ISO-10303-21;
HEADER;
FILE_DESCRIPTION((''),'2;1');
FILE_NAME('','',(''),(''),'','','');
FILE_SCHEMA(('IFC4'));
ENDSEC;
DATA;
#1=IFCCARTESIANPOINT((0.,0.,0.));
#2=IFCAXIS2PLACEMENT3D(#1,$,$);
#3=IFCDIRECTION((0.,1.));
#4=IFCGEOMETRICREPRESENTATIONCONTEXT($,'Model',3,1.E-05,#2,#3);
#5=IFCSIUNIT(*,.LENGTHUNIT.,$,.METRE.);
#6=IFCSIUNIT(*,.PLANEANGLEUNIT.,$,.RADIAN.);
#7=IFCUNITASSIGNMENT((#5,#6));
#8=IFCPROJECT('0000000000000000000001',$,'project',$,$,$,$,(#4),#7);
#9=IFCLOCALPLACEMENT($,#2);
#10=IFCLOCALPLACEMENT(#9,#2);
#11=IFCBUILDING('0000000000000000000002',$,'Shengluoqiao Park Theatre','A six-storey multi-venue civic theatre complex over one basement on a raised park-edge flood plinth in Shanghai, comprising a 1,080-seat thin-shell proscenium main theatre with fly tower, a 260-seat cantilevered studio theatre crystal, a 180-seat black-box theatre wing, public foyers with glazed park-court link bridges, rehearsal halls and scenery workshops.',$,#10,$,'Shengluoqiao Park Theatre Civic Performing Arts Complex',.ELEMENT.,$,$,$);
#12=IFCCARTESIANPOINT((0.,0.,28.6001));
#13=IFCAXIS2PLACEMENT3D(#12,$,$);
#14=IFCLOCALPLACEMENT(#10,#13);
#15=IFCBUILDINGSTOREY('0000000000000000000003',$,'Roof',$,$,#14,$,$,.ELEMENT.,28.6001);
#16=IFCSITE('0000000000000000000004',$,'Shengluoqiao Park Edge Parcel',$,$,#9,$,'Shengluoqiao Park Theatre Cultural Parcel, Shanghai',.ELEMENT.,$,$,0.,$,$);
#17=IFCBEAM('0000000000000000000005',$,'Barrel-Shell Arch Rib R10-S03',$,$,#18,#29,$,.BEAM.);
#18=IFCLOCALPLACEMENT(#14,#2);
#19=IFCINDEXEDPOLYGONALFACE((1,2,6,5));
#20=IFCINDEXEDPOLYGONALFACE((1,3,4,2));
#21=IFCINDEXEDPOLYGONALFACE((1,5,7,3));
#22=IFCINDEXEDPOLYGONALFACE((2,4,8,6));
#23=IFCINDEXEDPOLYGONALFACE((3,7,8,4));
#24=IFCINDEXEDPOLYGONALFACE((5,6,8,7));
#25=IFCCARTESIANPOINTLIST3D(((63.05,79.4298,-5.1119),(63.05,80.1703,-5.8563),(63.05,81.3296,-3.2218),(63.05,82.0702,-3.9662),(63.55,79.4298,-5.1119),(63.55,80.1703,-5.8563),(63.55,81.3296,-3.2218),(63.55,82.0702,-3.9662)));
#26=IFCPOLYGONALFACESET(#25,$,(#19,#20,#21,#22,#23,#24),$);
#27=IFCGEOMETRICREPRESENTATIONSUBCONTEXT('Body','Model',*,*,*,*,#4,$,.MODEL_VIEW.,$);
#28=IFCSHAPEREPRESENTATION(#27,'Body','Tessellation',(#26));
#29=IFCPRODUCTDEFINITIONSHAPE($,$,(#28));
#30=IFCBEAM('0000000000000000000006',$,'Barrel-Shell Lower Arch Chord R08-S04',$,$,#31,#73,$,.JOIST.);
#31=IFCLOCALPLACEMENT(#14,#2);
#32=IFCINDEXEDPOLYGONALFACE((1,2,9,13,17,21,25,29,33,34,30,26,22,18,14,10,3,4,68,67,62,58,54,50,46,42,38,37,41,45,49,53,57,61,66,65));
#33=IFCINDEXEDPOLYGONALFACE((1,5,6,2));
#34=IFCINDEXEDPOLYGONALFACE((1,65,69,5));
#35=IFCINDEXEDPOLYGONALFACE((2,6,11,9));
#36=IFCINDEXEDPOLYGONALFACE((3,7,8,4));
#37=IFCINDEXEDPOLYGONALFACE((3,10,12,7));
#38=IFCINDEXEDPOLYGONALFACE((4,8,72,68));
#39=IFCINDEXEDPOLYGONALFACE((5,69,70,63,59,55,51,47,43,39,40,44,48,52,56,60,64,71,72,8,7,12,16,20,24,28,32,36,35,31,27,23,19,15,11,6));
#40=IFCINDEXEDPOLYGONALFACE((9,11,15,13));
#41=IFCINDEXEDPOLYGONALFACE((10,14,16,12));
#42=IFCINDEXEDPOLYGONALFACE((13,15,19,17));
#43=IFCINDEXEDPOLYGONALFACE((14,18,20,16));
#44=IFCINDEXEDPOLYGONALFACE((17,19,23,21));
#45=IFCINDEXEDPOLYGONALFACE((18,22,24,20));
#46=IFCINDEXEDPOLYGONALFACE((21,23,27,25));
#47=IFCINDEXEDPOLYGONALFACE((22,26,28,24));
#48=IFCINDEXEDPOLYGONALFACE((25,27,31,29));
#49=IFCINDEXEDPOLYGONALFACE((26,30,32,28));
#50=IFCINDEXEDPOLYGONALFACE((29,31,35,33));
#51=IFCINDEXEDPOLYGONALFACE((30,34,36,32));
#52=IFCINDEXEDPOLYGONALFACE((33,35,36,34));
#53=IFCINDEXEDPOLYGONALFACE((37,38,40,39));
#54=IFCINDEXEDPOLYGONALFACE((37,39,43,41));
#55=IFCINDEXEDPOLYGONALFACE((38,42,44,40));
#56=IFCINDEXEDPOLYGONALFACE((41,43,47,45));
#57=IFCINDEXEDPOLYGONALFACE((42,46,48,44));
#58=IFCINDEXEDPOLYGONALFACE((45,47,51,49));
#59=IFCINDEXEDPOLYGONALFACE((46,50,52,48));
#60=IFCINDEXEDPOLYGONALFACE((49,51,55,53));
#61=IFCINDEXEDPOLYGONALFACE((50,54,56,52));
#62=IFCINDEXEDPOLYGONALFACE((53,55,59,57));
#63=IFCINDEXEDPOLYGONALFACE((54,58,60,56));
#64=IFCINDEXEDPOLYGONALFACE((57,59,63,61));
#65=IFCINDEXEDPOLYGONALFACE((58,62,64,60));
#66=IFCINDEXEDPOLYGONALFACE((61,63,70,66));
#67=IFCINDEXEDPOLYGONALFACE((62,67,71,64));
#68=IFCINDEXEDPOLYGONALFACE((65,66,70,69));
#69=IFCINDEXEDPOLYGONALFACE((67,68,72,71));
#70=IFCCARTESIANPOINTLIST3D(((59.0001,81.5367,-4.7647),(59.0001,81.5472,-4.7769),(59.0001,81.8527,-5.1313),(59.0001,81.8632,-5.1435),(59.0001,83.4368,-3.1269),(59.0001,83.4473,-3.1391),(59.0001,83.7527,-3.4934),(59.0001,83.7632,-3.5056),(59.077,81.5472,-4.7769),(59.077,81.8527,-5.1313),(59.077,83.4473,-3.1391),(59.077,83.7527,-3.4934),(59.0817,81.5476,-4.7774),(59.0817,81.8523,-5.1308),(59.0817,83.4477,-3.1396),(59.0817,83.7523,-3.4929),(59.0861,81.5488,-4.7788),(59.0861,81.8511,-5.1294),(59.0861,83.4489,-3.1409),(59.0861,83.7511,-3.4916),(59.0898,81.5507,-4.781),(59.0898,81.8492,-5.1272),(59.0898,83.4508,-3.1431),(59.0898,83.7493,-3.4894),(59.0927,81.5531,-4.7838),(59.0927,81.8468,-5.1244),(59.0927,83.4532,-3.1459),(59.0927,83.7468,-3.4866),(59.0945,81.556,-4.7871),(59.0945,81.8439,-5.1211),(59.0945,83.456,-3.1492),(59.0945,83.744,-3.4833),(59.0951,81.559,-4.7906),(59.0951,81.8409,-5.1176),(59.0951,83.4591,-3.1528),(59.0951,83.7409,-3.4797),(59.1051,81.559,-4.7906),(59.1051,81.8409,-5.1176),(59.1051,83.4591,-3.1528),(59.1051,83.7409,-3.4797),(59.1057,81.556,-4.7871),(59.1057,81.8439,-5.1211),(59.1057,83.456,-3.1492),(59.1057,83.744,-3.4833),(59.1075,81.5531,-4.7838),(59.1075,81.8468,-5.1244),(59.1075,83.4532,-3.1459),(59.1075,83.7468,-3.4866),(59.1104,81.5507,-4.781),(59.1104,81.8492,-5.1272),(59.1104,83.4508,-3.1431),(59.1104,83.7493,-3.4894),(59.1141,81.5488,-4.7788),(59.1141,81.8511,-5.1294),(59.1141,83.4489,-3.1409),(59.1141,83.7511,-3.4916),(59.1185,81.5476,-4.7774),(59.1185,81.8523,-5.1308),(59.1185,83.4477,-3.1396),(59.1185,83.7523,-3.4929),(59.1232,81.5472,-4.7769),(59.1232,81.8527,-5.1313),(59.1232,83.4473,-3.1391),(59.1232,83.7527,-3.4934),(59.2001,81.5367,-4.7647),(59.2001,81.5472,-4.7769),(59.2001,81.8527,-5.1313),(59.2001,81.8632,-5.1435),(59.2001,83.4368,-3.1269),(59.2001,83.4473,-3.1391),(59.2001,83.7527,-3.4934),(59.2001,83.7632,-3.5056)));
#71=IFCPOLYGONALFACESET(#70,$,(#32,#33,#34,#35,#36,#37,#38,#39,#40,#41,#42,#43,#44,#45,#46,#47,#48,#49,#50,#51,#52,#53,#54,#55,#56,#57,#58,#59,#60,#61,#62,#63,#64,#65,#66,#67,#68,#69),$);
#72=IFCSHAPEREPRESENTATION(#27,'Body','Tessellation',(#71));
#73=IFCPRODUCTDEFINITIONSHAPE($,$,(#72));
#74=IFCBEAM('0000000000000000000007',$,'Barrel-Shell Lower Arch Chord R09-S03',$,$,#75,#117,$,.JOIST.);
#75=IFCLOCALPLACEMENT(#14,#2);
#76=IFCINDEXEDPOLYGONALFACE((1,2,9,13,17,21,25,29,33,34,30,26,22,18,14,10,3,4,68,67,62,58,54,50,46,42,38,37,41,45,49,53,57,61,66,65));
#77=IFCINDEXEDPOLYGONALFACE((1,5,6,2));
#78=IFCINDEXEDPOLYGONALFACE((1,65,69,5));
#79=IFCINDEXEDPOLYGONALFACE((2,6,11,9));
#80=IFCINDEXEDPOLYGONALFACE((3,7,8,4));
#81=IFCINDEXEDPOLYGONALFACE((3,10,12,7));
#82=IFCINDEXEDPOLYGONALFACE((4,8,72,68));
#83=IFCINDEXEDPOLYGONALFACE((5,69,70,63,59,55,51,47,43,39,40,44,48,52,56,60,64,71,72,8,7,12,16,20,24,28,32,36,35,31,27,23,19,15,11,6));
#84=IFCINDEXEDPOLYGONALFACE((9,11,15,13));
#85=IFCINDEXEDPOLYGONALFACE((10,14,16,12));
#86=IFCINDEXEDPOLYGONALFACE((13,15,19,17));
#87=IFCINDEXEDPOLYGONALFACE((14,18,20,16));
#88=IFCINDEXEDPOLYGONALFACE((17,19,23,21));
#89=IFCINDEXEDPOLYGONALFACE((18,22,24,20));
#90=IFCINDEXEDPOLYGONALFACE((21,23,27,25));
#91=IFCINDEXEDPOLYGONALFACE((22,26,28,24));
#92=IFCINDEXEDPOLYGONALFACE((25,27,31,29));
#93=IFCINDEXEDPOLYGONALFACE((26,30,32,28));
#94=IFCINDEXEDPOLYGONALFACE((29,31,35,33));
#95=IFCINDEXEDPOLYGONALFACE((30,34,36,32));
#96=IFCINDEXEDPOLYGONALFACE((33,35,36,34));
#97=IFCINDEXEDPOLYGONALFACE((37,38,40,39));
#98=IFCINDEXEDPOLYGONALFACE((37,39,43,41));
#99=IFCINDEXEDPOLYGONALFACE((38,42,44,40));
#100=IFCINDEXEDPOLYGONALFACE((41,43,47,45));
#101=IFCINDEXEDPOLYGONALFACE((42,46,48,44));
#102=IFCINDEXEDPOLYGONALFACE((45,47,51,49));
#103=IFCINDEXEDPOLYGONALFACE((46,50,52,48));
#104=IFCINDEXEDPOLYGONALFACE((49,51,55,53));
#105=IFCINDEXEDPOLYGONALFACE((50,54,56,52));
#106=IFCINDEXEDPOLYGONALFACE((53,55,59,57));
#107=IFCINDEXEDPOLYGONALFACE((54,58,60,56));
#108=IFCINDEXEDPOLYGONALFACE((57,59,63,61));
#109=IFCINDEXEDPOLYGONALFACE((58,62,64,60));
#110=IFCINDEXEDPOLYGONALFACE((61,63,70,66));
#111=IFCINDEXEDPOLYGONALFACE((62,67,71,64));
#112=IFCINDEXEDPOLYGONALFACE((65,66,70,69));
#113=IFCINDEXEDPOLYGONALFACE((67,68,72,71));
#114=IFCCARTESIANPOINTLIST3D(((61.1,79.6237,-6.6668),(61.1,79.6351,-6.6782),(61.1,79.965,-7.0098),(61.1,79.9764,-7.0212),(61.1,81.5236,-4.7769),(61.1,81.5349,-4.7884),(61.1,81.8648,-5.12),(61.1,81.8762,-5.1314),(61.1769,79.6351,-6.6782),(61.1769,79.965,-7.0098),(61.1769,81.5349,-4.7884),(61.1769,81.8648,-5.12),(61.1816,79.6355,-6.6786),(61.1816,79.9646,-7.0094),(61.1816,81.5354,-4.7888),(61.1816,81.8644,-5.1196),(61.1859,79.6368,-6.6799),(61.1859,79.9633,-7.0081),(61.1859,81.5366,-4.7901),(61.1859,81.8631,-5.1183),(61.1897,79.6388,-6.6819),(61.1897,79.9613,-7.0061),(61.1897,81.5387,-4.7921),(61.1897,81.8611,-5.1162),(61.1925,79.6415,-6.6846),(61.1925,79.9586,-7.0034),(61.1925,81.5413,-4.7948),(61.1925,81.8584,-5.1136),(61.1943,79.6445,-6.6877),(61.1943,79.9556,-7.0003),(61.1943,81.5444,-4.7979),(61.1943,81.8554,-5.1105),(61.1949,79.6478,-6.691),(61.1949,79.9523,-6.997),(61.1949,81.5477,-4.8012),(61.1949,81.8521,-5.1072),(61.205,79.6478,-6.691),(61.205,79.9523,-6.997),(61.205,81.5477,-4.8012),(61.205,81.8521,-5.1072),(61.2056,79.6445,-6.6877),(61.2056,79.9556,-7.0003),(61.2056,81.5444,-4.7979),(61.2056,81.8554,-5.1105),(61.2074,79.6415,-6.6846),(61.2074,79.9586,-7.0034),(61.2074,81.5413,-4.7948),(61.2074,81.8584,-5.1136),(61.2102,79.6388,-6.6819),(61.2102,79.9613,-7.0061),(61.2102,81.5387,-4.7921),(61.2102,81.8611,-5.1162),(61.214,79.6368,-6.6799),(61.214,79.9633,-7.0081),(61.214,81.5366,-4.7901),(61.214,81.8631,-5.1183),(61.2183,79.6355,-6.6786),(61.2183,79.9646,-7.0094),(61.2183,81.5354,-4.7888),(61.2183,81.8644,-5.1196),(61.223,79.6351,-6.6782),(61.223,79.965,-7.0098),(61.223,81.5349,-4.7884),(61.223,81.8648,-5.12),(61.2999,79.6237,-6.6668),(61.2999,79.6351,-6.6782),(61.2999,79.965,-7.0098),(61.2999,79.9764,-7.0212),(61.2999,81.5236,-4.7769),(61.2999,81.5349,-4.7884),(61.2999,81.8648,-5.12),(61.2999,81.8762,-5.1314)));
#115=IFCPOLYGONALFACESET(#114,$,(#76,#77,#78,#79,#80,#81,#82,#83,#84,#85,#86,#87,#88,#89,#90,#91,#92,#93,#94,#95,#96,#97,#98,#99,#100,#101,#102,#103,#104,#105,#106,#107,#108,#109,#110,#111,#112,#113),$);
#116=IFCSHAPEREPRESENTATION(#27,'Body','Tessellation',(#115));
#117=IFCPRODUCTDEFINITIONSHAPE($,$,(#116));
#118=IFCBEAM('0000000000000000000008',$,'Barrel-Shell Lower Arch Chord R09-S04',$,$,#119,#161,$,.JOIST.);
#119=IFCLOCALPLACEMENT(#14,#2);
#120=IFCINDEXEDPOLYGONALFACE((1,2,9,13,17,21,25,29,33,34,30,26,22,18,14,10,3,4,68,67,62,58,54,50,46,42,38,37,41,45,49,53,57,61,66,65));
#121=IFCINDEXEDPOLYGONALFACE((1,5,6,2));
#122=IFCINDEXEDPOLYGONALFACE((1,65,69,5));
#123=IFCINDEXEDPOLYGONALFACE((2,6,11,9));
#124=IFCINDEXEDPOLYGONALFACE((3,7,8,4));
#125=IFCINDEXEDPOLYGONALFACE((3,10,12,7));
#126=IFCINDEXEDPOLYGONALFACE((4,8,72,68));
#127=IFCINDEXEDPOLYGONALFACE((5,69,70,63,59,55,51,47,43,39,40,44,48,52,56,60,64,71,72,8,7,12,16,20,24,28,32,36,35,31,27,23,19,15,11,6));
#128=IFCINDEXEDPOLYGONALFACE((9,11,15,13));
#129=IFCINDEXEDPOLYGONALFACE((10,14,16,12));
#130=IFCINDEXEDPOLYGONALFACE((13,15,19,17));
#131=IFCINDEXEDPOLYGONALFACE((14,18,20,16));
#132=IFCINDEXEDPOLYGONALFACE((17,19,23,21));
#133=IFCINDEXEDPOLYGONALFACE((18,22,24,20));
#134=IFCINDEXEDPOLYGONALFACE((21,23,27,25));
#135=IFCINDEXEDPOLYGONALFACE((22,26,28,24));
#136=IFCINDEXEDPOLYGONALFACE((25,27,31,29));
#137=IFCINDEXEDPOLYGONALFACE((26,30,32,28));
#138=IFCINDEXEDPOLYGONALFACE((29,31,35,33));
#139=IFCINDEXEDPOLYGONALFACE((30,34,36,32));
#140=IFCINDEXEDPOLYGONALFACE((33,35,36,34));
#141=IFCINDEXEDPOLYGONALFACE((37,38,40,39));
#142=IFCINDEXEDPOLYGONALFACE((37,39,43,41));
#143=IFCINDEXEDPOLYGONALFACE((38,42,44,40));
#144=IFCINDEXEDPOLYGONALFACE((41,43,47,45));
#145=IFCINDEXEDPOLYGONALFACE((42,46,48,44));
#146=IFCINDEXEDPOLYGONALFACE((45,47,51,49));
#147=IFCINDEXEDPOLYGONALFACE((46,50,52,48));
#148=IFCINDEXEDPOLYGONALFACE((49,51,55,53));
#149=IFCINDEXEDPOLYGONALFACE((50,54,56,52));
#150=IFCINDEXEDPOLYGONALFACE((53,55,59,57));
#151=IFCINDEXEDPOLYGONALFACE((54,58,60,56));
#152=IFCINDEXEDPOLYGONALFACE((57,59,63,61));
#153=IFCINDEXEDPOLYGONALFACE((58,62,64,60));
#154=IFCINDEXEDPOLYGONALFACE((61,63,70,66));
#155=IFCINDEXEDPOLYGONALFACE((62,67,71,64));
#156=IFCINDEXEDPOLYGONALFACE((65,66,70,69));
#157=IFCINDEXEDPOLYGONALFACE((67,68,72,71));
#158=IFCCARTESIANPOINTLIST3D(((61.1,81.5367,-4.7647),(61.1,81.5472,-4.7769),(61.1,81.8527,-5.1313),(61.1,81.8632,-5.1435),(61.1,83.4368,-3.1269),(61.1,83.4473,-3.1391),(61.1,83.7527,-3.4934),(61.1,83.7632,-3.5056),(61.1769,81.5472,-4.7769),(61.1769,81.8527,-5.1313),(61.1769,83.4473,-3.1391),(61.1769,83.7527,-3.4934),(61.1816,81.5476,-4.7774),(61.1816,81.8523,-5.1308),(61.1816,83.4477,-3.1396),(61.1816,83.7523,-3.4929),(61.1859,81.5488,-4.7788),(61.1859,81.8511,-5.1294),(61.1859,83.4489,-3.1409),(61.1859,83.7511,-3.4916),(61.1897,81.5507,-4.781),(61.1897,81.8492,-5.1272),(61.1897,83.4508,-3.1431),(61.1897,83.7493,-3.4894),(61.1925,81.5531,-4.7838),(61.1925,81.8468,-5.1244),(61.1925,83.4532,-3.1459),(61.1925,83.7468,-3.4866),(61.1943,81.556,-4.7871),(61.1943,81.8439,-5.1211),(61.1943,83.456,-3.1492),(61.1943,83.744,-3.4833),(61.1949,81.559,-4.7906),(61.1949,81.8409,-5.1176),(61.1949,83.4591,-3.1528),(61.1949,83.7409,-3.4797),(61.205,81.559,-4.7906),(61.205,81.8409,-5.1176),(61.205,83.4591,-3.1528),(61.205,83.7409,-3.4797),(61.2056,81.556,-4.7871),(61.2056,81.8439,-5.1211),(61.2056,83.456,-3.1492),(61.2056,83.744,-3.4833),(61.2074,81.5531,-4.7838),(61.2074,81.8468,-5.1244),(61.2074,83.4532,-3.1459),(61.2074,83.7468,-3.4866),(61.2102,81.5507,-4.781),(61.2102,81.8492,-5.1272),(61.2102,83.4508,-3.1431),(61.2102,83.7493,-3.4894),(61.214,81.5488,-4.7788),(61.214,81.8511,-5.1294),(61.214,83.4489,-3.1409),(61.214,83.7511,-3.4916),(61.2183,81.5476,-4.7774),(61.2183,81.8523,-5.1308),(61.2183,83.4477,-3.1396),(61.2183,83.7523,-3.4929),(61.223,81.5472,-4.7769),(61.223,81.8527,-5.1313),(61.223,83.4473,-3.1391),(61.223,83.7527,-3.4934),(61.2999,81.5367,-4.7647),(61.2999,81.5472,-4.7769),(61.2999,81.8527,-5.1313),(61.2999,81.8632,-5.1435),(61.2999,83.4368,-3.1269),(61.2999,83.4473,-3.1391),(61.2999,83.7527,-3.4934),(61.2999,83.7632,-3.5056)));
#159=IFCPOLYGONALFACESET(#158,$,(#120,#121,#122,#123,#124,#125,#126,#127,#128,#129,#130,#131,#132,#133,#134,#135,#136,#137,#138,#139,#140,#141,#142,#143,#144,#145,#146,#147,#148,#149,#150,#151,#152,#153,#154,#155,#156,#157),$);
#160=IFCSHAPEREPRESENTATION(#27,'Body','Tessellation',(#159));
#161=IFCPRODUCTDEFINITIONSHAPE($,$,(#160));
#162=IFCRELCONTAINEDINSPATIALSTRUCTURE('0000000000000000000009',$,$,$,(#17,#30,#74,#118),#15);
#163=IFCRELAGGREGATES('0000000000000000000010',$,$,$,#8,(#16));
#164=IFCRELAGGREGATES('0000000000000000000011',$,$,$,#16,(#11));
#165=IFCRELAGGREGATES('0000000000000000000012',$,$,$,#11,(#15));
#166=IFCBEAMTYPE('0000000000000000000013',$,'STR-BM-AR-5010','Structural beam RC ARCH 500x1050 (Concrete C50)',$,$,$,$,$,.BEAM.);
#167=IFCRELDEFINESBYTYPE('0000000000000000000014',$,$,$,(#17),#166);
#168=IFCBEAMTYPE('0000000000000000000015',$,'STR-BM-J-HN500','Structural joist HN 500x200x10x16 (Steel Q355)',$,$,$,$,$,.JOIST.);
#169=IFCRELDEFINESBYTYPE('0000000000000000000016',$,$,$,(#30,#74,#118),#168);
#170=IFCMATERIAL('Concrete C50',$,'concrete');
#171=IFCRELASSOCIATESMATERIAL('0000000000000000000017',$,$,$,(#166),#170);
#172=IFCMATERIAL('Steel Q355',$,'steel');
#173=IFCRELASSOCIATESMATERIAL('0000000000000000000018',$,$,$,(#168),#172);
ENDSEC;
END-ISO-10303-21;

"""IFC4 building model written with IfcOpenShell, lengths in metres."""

from ifc_helpers import new_model, si_unit, direction, frame, origin, origin_2d, place, context, subcontext, project, spatial, rectangle, i_section, extrude, material, material_profile, profile_set, type_object, element, save


model = new_model("IFC4")

# Units and contexts
model_context = context("Model", 3, precision=1e-05, world=origin(), true_north=direction((0.0, 1.0)))
body_context = subcontext(model_context, "Body", "Model", "MODEL_VIEW")
ifc_project = project(units=[si_unit("LENGTHUNIT", "METRE"), si_unit("PLANEANGLEUNIT", "RADIAN")], contexts=[model_context])

# Site, building, storey
site_placement = place(None, origin())
site = spatial("IfcSite", under=ifc_project, at=site_placement, Name="Shengluoqiao Park Edge Parcel", LongName="Shengluoqiao Park Theatre Cultural Parcel, Shanghai", CompositionType="ELEMENT", RefElevation=0.0)
building_placement = place(site_placement, origin())
building = spatial("IfcBuilding", under=site, at=building_placement, Name="Shengluoqiao Park Theatre", Description="A six-storey multi-venue civic theatre complex over one basement on a raised park-edge flood plinth in Shanghai, comprising a 1,080-seat thin-shell proscenium main theatre with fly tower, a 260-seat cantilevered studio theatre crystal, a 180-seat black-box theatre wing, public foyers with glazed park-court link bridges, rehearsal halls and scenery workshops.", LongName="Shengluoqiao Park Theatre Civic Performing Arts Complex", CompositionType="ELEMENT")
storey_placement = place(building_placement, frame((0.0, 0.0, 28.6001)))
storey = spatial("IfcBuildingStorey", under=building, at=storey_placement, Name="Roof", CompositionType="ELEMENT", Elevation=28.6001)

# Beams
ifc_material_1 = material(Name="Concrete C50", Category="concrete")
ifc_material_profile_1 = material_profile(ifc_material_1, rectangle(XDim=0.5, YDim=1.05, at=origin_2d()), Name="RC ARCH 500x1050")
ifc_profile_set_1 = profile_set([ifc_material_profile_1], Name="Concrete C50")
beam_type_1 = type_object("IfcBeamType", Name="STR-BM-AR-5010", Description="Structural beam RC ARCH 500x1050 (Concrete C50)", PredefinedType="BEAM", material=ifc_profile_set_1)
beam_1_placement = place(storey_placement, frame((63.3, 79.8, -5.4841), z_axis=(0.0, 0.708926, 0.705282), x_axis=(-1.0, 0.0, 0.0)))
element("IfcBeam", 1, at=beam_1_placement, inside=storey, type_object=beam_type_1, Name="Barrel-Shell Arch Rib R10-S03", PredefinedType="BEAM", context=body_context, shape_type="SweptSolid", body=[
    extrude(rectangle(XDim=0.5, YDim=1.05, at=origin_2d()), origin(), (0.0, 0.0, 1.0), 2.6799),
])
ifc_material_2 = material(Name="Steel Q355", Category="steel")
ifc_material_profile_2 = material_profile(ifc_material_2, i_section(OverallWidth=0.2, OverallDepth=0.5, WebThickness=0.01, FlangeThickness=0.0161, FilletRadius=0.0181, at=origin_2d()), Name="HN 500x200x10x16")
ifc_profile_set_2 = profile_set([ifc_material_profile_2], Name="Steel Q355")
beam_type_2 = type_object("IfcBeamType", Name="STR-BM-J-HN500", Description="Structural joist HN 500x200x10x16 (Steel Q355)", PredefinedType="JOIST", material=ifc_profile_set_2)
beam_2_placement = place(storey_placement, frame((59.1001, 81.7, -4.9541), z_axis=(0.0, 0.757433, 0.652913), x_axis=(-1.0, 0.0, 0.0)))
element("IfcBeam", 2, at=beam_2_placement, inside=storey, type_object=beam_type_2, Name="Barrel-Shell Lower Arch Chord R08-S04", PredefinedType="JOIST", context=body_context, shape_type="SweptSolid", body=[
    extrude(i_section(OverallWidth=0.2, OverallDepth=0.5, WebThickness=0.01, FlangeThickness=0.0161, FilletRadius=0.0181, at=origin_2d()), origin(), (0.0, 0.0, 1.0), 2.5085),
])
beam_3_placement = place(storey_placement, frame((61.2, 79.8, -6.844), z_axis=(0.0, 0.708972, 0.705237), x_axis=(-1.0, 0.0, 0.0)))
element("IfcBeam", 3, at=beam_3_placement, inside=storey, type_object=beam_type_2, Name="Barrel-Shell Lower Arch Chord R09-S03", PredefinedType="JOIST", context=body_context, shape_type="SweptSolid", body=[
    extrude(i_section(OverallWidth=0.2, OverallDepth=0.5, WebThickness=0.01, FlangeThickness=0.0161, FilletRadius=0.0181, at=origin_2d()), origin(), (0.0, 0.0, 1.0), 2.6797),
])
beam_4_placement = place(storey_placement, frame((61.2, 81.7, -4.9541), z_axis=(0.0, 0.757433, 0.652913), x_axis=(-1.0, 0.0, 0.0)))
element("IfcBeam", 4, at=beam_4_placement, inside=storey, type_object=beam_type_2, Name="Barrel-Shell Lower Arch Chord R09-S04", PredefinedType="JOIST", context=body_context, shape_type="SweptSolid", body=[
    extrude(i_section(OverallWidth=0.2, OverallDepth=0.5, WebThickness=0.01, FlangeThickness=0.0161, FilletRadius=0.0181, at=origin_2d()), origin(), (0.0, 0.0, 1.0), 2.5085),
])

save(model, "model.ifc")
